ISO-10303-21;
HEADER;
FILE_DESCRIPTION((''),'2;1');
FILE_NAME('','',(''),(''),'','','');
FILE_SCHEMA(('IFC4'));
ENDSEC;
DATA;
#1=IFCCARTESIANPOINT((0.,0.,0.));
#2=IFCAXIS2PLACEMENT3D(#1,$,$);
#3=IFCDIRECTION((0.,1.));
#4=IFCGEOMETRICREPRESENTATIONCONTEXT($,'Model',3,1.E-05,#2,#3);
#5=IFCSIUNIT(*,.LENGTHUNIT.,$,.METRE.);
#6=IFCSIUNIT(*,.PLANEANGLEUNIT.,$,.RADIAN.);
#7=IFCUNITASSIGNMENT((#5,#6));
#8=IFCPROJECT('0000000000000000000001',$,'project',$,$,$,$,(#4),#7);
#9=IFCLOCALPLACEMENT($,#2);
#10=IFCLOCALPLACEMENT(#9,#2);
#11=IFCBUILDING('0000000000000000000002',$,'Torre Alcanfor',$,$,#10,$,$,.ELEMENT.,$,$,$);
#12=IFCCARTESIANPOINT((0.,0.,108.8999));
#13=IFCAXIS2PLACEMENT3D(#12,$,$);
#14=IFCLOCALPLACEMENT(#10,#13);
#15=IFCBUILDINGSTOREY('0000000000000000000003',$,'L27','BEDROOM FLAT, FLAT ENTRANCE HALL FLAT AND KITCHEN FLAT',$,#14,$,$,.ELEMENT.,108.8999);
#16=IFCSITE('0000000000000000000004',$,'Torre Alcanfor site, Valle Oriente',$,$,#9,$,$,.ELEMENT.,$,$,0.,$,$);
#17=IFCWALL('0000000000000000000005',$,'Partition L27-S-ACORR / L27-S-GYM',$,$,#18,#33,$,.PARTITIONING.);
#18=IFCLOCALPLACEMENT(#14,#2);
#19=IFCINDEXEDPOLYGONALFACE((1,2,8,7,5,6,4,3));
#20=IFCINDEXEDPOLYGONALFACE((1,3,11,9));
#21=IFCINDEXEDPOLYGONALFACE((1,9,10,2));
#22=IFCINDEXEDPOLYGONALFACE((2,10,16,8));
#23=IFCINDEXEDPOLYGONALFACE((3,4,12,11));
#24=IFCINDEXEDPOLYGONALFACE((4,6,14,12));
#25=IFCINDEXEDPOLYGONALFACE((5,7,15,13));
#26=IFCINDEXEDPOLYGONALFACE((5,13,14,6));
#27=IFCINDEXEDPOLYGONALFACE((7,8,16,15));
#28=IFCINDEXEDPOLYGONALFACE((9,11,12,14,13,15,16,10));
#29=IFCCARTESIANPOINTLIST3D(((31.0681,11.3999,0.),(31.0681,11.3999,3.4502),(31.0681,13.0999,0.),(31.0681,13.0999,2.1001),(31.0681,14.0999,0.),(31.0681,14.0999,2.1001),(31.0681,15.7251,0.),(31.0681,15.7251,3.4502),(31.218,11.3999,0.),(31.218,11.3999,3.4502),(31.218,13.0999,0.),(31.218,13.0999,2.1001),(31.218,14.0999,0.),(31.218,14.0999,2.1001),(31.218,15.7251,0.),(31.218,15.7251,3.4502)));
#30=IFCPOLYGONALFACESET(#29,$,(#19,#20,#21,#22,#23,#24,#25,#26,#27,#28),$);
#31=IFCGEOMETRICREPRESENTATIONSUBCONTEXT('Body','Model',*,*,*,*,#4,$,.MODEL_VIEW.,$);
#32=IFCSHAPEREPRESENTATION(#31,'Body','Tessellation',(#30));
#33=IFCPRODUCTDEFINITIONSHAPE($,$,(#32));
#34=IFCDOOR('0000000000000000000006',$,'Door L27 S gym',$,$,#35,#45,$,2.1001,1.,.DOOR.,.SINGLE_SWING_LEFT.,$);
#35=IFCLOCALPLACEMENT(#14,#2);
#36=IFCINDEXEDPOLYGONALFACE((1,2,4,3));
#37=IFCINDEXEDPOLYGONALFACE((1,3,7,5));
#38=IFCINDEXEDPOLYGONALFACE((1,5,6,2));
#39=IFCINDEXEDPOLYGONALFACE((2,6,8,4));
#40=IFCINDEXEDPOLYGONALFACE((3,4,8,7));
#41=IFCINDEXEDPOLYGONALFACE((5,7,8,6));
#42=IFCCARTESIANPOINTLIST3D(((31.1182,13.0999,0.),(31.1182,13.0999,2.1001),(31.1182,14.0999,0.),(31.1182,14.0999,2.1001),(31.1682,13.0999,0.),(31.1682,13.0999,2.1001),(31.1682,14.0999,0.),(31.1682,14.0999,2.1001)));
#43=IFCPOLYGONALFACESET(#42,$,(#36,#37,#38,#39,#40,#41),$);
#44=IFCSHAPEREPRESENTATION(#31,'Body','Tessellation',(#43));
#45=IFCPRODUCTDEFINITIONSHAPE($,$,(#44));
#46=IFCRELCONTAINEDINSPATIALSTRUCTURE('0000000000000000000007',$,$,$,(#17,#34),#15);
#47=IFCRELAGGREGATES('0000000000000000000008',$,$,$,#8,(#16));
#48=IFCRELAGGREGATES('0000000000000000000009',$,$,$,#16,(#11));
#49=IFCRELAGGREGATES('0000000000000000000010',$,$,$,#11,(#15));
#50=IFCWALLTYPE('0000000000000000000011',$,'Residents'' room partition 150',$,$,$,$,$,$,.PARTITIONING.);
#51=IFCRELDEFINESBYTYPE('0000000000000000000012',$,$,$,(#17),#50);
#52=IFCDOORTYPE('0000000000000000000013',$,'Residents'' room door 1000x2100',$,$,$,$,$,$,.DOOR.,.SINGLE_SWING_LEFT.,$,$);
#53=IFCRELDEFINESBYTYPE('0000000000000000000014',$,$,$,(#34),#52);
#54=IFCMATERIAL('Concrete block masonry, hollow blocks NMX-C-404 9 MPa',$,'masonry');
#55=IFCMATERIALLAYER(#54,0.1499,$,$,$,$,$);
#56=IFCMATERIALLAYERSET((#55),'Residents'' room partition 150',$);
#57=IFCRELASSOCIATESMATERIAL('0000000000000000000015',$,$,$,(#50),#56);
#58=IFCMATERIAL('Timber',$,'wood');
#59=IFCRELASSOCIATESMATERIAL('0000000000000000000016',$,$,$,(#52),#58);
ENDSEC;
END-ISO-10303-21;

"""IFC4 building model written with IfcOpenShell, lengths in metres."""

from ifc_helpers import new_model, si_unit, direction, frame, frame_2d, origin, place, context, subcontext, project, spatial, rectangle, extrude, material, layer, layer_set, type_object, element, fill, save


model = new_model("IFC4")

# Units and contexts
model_context = context("Model", 3, precision=1e-05, world=origin(), true_north=direction((0.0, 1.0)))
body_context = subcontext(model_context, "Body", "Model", "MODEL_VIEW")
ifc_project = project(units=[si_unit("LENGTHUNIT", "METRE"), si_unit("PLANEANGLEUNIT", "RADIAN")], contexts=[model_context])

# Site, building, storey
site_placement = place(None, origin())
site = spatial("IfcSite", under=ifc_project, at=site_placement, Name="Torre Alcanfor site, Valle Oriente", CompositionType="ELEMENT", RefElevation=0.0)
building_placement = place(site_placement, origin())
building = spatial("IfcBuilding", under=site, at=building_placement, Name="Torre Alcanfor", CompositionType="ELEMENT")
storey_placement = place(building_placement, frame((0.0, 0.0, 108.8999)))
storey = spatial("IfcBuildingStorey", under=building, at=storey_placement, Name="L27", Description="BEDROOM FLAT, FLAT ENTRANCE HALL FLAT AND KITCHEN FLAT", CompositionType="ELEMENT", Elevation=108.8999)

# Wall, opening, door
ifc_material_1 = material(Name="Concrete block masonry, hollow blocks NMX-C-404 9 MPa", Category="masonry")
ifc_layer_1 = layer(ifc_material_1, 0.1499)
ifc_layer_set_1 = layer_set([ifc_layer_1], Name="Residents' room partition 150")
wall_type = type_object("IfcWallType", Name="Residents' room partition 150", PredefinedType="PARTITIONING", material=ifc_layer_set_1)
wall_placement = place(storey_placement, frame((31.1431, 11.3999, 0.0), z_axis=(0.0, 0.0, 1.0), x_axis=(0.0, 1.0, 0.0)))
wall = element("IfcWall", 1, at=wall_placement, inside=storey, type_object=wall_type, Name="Partition L27-S-ACORR / L27-S-GYM", PredefinedType="PARTITIONING", context=body_context, shape_type="SweptSolid", body=[
    extrude(rectangle(XDim=4.3252, YDim=0.1499, at=frame_2d((2.1626, 0.0))), origin(), (0.0, 0.0, 1.0), 3.4502),
])
opening_placement = place(wall_placement, frame((1.7, 0.0, 0.0)))
opening = element("IfcOpeningElement", 2, at=opening_placement, cuts=wall, PredefinedType="OPENING", context=body_context, shape_type="SweptSolid", body=[
    extrude(rectangle(XDim=1.0, YDim=2.1001, at=frame_2d((0.5, 1.05))), frame((0.0, 0.085, 0.0), z_axis=(0.0, -1.0, 0.0), x_axis=(1.0, 0.0, 0.0)), (0.0, 0.0, 1.0), 0.1699),
])
ifc_material_2 = material(Name="Timber", Category="wood")
door_type = type_object("IfcDoorType", Name="Residents' room door 1000x2100", OperationType="SINGLE_SWING_LEFT", PredefinedType="DOOR", material=ifc_material_2)
door_placement = place(opening_placement, frame((1.0, 0.0, 0.0), z_axis=(0.0, 0.0, 1.0), x_axis=(-1.0, 0.0, 0.0)))
door = element("IfcDoor", 3, at=door_placement, inside=storey, type_object=door_type, Name="Door L27 S gym", OperationType="SINGLE_SWING_LEFT", OverallHeight=2.1001, OverallWidth=1.0, PredefinedType="DOOR", context=body_context, shape_type="SweptSolid", body=[
    extrude(rectangle(XDim=1.0, YDim=2.1001, at=frame_2d((0.5, 1.05))), frame((0.0, 0.0251, 0.0), z_axis=(0.0, -1.0, 0.0), x_axis=(1.0, 0.0, 0.0)), (0.0, 0.0, 1.0), 0.05),
])
fill(opening, door)

save(model, "model.ifc")
